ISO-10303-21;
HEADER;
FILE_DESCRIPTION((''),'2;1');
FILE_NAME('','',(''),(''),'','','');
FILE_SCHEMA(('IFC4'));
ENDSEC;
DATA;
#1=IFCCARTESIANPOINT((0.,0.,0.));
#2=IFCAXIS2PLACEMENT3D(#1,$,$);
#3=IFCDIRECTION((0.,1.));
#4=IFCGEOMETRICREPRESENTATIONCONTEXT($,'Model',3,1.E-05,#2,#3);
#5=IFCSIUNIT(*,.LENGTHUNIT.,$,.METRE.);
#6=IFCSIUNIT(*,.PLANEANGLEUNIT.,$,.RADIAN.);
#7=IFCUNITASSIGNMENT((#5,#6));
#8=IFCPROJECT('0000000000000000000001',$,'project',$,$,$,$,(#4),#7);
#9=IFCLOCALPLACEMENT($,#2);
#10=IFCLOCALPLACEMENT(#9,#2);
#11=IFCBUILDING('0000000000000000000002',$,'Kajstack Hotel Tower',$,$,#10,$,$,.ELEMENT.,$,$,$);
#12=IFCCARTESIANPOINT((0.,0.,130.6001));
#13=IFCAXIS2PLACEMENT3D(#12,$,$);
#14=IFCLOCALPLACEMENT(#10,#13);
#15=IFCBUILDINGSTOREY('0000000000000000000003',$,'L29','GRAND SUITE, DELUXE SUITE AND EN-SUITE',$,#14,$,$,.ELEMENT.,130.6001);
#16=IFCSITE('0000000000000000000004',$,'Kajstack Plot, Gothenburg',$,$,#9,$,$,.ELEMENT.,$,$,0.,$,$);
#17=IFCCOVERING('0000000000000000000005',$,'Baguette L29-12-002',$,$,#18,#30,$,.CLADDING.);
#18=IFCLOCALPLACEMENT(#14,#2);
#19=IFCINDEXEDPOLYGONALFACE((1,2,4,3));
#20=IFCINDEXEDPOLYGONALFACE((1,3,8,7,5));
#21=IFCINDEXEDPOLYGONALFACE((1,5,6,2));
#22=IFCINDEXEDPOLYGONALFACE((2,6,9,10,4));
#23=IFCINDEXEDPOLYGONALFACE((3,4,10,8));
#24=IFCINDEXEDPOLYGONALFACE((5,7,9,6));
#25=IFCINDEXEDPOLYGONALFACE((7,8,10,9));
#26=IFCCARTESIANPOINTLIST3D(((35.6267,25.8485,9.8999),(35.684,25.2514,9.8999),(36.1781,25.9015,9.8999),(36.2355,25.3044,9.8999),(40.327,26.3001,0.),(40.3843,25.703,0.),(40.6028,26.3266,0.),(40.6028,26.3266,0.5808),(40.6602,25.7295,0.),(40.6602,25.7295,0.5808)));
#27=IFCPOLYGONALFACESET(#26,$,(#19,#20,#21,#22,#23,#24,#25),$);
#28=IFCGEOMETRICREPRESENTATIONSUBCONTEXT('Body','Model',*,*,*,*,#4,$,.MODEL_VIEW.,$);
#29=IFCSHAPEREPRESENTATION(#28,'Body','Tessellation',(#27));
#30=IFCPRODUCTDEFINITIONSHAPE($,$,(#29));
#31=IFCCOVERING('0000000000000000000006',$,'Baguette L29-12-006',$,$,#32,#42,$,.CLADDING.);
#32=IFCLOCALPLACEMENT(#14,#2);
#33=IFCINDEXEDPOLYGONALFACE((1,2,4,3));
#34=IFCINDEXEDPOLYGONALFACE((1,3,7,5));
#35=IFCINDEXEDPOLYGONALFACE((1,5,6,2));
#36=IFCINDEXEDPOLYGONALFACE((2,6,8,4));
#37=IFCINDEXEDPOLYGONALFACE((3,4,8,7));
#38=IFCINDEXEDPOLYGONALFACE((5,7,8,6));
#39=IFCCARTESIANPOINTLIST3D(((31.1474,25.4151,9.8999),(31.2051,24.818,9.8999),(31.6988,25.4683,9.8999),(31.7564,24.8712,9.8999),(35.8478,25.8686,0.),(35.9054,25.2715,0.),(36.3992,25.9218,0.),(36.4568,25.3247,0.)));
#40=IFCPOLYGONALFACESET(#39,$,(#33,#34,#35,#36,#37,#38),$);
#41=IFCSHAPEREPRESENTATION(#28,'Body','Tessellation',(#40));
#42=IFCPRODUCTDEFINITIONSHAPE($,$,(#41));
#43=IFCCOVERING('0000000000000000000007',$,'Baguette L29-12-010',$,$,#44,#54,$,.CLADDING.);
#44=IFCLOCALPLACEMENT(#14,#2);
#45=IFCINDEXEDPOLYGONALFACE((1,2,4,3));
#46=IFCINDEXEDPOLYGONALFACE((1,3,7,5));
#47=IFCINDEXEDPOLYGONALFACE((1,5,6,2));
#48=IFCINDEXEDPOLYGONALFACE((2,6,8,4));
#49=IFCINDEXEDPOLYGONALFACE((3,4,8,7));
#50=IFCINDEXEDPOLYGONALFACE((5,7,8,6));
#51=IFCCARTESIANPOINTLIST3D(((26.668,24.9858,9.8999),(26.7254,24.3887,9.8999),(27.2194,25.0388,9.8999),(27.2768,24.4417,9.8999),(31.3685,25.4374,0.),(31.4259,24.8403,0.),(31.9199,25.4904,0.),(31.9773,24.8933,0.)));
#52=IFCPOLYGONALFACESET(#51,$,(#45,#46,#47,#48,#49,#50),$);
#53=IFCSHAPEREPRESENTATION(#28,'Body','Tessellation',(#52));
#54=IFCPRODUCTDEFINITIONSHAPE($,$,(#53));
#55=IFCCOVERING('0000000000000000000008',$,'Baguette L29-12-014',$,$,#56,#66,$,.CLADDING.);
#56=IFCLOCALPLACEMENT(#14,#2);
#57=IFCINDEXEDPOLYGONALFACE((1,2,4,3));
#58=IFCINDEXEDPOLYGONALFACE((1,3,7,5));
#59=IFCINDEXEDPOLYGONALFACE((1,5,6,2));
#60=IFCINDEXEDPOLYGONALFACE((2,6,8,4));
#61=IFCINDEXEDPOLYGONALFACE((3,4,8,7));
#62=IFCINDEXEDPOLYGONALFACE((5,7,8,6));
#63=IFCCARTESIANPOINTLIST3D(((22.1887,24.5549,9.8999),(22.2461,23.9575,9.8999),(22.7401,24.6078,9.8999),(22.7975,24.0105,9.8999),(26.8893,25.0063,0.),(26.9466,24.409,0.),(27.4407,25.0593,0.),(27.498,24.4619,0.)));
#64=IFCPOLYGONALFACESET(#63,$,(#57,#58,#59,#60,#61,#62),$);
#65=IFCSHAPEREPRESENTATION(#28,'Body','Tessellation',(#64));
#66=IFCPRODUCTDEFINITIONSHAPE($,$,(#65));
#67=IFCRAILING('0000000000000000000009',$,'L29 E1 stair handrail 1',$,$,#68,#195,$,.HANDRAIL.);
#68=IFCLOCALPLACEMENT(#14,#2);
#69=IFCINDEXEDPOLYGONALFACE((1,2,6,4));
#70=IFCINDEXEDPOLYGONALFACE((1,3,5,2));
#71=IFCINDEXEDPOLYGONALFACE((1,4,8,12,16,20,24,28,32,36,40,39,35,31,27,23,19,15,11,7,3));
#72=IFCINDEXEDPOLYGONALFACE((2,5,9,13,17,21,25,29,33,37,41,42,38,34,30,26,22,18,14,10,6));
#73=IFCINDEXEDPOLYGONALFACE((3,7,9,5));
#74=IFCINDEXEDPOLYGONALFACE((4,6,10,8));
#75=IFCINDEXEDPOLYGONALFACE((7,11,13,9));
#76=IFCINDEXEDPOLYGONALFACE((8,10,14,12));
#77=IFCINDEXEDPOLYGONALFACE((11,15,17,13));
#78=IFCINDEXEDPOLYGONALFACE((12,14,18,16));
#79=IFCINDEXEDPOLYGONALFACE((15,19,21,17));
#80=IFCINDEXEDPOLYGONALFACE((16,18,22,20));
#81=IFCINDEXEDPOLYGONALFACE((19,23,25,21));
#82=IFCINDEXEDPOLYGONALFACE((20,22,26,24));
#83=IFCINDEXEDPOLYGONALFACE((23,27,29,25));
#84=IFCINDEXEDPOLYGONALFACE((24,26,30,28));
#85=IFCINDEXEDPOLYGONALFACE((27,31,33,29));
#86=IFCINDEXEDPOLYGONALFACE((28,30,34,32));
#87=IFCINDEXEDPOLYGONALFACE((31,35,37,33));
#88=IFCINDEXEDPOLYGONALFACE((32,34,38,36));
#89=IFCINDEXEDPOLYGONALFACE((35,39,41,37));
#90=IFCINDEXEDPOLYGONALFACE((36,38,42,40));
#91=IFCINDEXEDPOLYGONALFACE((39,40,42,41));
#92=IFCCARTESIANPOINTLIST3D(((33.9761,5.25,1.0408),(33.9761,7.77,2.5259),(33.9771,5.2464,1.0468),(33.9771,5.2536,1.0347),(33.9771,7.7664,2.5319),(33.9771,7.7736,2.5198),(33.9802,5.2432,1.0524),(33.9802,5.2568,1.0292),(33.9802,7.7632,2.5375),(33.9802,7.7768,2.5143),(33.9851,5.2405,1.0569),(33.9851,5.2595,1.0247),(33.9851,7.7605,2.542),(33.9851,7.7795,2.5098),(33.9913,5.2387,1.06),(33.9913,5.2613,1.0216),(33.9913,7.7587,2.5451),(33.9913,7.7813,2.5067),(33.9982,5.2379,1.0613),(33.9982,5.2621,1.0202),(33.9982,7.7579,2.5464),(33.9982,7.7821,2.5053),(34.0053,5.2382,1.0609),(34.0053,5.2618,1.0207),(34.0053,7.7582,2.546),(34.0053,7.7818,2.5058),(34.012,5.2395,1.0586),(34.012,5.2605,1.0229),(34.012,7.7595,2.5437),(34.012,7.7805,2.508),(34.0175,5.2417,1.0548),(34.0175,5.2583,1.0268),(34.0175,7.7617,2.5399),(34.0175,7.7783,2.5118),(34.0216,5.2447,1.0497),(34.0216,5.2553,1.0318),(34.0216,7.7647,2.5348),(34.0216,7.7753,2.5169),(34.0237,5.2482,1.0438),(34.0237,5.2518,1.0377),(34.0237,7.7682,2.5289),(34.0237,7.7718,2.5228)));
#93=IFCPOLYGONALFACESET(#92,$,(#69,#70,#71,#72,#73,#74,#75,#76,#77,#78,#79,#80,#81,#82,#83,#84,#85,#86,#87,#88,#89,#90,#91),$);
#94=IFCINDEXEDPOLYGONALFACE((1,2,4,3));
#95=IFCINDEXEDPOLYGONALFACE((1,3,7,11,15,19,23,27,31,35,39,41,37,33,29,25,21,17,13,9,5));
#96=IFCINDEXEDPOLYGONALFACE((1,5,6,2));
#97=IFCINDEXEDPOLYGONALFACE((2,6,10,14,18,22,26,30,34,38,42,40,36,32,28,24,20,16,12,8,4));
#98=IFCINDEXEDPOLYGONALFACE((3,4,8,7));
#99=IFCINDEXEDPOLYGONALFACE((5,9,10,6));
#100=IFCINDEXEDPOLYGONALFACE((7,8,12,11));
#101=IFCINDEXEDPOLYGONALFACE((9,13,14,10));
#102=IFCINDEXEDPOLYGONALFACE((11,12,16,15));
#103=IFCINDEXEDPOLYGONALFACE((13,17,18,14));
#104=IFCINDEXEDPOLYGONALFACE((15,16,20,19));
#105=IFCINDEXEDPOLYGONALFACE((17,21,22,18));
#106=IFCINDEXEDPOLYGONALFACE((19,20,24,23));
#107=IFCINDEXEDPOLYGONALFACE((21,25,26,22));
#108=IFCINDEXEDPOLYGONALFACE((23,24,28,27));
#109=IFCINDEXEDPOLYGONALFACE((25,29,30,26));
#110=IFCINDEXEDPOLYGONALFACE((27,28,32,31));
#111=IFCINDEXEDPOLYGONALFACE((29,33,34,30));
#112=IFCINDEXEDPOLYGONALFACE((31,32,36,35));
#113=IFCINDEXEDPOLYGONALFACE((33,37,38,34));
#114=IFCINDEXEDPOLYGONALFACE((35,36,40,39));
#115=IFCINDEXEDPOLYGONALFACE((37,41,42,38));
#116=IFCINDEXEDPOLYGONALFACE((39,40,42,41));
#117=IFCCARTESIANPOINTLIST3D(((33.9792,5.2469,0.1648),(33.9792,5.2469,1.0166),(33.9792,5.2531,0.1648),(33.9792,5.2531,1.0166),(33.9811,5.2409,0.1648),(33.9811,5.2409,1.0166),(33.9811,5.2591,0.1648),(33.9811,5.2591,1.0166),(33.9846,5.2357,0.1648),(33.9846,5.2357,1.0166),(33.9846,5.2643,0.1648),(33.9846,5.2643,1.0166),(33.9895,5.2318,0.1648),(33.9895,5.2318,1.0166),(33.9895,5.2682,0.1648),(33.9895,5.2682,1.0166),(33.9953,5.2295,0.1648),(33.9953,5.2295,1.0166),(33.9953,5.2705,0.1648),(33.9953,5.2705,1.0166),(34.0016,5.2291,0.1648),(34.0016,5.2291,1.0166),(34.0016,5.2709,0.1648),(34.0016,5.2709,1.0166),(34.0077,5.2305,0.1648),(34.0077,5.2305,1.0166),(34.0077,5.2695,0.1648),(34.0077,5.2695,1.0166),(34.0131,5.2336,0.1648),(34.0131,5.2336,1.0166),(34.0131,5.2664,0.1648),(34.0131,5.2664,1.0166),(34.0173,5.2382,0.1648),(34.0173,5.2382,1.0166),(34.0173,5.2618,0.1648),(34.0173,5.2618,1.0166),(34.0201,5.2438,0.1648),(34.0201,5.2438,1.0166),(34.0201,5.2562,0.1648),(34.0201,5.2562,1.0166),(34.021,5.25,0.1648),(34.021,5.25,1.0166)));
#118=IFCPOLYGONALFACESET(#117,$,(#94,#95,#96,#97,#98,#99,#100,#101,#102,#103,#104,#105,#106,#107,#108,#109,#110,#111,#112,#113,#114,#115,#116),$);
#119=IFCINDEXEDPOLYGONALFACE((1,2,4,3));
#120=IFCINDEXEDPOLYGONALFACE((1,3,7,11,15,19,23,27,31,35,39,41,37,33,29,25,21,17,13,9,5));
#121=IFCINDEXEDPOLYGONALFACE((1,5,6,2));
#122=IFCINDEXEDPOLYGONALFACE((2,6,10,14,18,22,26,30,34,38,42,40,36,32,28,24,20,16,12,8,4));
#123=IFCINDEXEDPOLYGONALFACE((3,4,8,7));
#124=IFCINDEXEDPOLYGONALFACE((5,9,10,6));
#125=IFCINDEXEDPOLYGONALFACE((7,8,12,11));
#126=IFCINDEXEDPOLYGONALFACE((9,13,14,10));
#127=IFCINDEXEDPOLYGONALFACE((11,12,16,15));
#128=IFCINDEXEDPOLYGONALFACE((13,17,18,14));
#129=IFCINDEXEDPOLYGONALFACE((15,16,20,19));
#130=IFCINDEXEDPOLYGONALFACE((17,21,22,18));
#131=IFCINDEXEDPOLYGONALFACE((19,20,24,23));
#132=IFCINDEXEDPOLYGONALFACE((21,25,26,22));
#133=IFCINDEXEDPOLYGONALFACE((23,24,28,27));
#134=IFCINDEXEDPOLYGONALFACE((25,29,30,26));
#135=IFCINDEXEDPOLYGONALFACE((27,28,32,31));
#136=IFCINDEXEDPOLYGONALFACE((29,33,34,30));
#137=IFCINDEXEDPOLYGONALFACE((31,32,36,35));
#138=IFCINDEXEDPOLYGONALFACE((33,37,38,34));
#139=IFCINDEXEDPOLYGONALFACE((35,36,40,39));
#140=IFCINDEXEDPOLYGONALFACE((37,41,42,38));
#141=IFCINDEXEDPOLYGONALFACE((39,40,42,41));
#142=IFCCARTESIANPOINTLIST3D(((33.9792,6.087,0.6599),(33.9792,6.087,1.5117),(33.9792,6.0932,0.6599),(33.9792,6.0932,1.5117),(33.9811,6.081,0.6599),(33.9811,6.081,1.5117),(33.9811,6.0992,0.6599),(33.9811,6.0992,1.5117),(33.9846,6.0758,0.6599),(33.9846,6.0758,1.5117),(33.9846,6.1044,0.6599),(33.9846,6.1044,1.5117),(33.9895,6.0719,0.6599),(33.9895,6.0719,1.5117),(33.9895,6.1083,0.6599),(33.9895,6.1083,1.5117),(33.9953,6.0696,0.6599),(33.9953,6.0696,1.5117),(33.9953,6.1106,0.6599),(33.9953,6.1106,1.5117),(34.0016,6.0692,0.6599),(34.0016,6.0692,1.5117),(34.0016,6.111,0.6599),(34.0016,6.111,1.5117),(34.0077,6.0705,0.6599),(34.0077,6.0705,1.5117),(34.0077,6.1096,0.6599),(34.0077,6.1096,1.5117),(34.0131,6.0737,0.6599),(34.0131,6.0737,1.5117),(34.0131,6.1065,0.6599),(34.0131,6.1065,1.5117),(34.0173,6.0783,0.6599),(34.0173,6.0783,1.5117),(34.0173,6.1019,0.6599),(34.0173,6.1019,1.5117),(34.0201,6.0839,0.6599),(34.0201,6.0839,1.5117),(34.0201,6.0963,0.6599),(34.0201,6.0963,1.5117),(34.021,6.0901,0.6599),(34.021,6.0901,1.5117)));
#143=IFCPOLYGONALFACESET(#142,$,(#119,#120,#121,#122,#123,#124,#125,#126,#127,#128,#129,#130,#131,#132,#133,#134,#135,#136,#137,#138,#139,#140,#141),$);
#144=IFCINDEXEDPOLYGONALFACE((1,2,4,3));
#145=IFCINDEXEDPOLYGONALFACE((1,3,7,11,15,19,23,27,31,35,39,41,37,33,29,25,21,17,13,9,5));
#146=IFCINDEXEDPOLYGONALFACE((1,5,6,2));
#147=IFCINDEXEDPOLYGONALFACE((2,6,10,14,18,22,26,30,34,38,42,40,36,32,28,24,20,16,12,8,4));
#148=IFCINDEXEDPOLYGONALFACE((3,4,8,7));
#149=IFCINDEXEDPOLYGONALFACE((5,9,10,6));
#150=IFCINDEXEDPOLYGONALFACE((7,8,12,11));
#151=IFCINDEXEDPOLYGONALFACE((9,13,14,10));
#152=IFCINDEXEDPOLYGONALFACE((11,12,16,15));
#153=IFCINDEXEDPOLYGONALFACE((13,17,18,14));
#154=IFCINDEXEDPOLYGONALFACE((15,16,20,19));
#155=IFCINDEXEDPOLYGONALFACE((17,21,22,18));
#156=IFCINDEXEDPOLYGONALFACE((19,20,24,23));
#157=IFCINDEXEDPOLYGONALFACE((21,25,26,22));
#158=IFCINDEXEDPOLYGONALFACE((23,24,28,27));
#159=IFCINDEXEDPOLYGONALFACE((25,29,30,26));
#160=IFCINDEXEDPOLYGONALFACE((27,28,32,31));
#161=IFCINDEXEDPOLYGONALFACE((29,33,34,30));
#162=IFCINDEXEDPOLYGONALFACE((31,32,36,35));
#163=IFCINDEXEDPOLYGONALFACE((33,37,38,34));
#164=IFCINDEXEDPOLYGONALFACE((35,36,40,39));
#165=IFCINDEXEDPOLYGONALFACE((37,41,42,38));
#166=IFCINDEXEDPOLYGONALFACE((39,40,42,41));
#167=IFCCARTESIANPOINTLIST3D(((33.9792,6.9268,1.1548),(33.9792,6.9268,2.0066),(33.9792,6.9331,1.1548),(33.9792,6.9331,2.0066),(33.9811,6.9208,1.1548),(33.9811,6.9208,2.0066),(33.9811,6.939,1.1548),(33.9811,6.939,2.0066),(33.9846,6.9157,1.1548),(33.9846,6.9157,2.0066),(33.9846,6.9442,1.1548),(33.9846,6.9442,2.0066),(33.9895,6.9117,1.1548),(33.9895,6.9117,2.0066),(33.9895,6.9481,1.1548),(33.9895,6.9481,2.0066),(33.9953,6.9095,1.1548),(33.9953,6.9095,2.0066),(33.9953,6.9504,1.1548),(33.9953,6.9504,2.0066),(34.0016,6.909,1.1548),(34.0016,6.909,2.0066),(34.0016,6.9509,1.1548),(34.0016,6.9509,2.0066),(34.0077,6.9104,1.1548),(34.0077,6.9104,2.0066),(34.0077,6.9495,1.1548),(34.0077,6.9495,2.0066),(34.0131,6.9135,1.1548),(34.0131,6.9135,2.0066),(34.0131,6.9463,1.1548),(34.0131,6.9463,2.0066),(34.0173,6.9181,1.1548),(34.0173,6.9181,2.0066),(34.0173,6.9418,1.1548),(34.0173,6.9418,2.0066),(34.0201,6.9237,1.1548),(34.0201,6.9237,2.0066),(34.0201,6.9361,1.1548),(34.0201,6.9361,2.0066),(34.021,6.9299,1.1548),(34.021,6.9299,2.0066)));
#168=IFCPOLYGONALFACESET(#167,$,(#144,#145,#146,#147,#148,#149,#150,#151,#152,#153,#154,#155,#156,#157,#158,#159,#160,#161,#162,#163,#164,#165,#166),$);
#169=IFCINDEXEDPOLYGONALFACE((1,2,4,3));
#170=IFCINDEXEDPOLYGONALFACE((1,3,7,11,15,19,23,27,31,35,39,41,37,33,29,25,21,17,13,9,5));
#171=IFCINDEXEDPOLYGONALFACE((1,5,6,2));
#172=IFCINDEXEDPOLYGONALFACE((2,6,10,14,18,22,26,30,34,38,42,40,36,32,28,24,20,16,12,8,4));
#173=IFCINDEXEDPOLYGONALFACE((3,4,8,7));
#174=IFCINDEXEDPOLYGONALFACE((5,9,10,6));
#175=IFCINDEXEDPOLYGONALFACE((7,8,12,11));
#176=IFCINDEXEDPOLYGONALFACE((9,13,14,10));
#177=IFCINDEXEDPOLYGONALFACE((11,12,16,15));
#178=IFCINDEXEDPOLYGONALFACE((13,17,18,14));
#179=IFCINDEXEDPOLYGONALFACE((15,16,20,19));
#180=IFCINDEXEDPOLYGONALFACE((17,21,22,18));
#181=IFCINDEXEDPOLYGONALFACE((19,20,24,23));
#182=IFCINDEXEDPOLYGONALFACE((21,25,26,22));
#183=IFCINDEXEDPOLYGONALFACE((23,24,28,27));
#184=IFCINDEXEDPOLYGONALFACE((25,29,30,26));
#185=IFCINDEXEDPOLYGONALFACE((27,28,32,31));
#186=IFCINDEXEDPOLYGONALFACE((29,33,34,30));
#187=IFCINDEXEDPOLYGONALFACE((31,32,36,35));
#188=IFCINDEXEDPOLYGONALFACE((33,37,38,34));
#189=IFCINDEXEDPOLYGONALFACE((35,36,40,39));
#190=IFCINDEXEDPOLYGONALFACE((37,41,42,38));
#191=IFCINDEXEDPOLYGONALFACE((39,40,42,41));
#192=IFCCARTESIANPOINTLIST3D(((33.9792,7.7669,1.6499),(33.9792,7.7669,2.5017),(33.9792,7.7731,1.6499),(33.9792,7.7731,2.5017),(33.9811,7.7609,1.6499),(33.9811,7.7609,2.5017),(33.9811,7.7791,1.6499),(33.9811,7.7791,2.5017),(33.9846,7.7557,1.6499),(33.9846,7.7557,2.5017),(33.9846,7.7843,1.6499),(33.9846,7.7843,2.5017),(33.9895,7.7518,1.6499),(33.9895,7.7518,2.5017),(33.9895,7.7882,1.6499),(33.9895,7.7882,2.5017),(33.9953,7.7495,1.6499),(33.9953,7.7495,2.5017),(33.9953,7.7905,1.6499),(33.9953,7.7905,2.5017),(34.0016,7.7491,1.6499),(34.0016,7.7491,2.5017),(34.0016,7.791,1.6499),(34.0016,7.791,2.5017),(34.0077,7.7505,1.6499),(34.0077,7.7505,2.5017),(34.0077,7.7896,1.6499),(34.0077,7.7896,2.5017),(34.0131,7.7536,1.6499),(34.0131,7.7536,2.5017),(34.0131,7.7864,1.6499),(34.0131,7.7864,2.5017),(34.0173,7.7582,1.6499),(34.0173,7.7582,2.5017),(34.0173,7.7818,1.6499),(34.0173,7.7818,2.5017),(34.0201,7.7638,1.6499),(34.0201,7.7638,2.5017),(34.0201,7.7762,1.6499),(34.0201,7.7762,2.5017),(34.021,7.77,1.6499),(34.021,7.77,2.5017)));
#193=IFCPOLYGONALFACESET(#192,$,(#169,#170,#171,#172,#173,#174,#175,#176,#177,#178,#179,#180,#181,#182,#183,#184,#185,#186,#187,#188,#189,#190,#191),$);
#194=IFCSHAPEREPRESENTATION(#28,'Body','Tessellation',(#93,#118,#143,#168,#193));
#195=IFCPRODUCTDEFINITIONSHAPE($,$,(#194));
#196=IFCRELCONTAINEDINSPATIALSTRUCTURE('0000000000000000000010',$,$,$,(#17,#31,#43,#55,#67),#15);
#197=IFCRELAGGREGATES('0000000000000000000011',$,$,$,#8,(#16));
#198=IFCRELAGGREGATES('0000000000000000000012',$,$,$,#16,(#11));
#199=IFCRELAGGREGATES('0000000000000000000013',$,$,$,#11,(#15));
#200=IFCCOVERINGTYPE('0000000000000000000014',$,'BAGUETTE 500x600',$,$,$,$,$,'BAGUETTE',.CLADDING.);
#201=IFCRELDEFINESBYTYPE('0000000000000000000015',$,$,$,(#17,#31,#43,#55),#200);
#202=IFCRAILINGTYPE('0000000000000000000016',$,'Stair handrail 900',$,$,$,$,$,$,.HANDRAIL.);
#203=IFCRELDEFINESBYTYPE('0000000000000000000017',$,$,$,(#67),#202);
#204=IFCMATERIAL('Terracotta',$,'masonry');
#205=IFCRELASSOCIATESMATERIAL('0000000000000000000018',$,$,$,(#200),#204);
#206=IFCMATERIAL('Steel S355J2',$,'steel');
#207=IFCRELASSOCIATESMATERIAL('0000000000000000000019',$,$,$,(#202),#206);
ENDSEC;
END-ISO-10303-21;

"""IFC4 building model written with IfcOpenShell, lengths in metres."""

from ifc_helpers import new_model, si_unit, direction, frame, origin, origin_2d, place, context, subcontext, project, spatial, polyline, rectangle, circle, outline, extrude, material, material_profile, profile_set, type_object, element, save


model = new_model("IFC4")

# Units and contexts
model_context = context("Model", 3, precision=1e-05, world=origin(), true_north=direction((0.0, 1.0)))
body_context = subcontext(model_context, "Body", "Model", "MODEL_VIEW")
ifc_project = project(units=[si_unit("LENGTHUNIT", "METRE"), si_unit("PLANEANGLEUNIT", "RADIAN")], contexts=[model_context])

# Site, building, storey
site_placement = place(None, origin())
site = spatial("IfcSite", under=ifc_project, at=site_placement, Name="Kajstack Plot, Gothenburg", CompositionType="ELEMENT", RefElevation=0.0)
building_placement = place(site_placement, origin())
building = spatial("IfcBuilding", under=site, at=building_placement, Name="Kajstack Hotel Tower", CompositionType="ELEMENT")
storey_placement = place(building_placement, frame((0.0, 0.0, 130.6001)))
storey = spatial("IfcBuildingStorey", under=building, at=storey_placement, Name="L29", Description="GRAND SUITE, DELUXE SUITE AND EN-SUITE", CompositionType="ELEMENT", Elevation=130.6001)

# Coverings
ifc_material_1 = material(Name="Terracotta", Category="masonry")
ifc_material_profile = material_profile(ifc_material_1, rectangle(XDim=0.6001, YDim=0.5, at=origin_2d()), Name="Terracotta-clad concrete baguette 500 x 600")
ifc_profile_set = profile_set([ifc_material_profile], Name="Terracotta")
covering_type = type_object("IfcCoveringType", Name="BAGUETTE 500x600", ElementType="BAGUETTE", PredefinedType="CLADDING", material=ifc_profile_set)
covering_1_placement = place(storey_placement, frame((40.6602, 25.7295, 0.0), z_axis=(-0.095635, 0.995416, 0.0), x_axis=(-0.995416, -0.095635, 0.0)))
element("IfcCovering", 1, at=covering_1_placement, inside=storey, type_object=covering_type, Name="Baguette L29-12-002", PredefinedType="CLADDING", context=body_context, shape_type="SweptSolid", body=[
    extrude(outline(polyline([(4.4451, 9.8999), (0.0, 0.5808), (0.0, 0.0), (0.2771, 0.0), (4.999, 9.8999), (4.4451, 9.8999)])), origin(), (0.0, 0.0, 1.0), 0.5999),
])
for number, where, z_axis, x_axis, name in (
    (2, (36.4568, 25.3247, 0.0), (-0.096038, 0.995378, 0.0), (-0.995378, -0.096038, 0.0), "Baguette L29-12-006"),
    (3, (31.9773, 24.8933, 0.0), (-0.095635, 0.995416, 0.0), (-0.995416, -0.095635, 0.0), "Baguette L29-12-010"),
):
    element("IfcCovering", number, at=place(storey_placement, frame(where, z_axis=z_axis, x_axis=x_axis)), inside=storey, type_object=covering_type, Name=name, PredefinedType="CLADDING", context=body_context, shape_type="SweptSolid", body=[
        extrude(outline(polyline([(4.7222, 9.8999), (0.0, 0.0), (0.554, 0.0), (5.2761, 9.8999), (4.7222, 9.8999)])), origin(), (0.0, 0.0, 1.0), 0.5999),
    ])
covering_2_placement = place(storey_placement, frame((27.498, 24.4619, 0.0), z_axis=(-0.095596, 0.99542, 0.0), x_axis=(-0.99542, -0.095596, 0.0)))
element("IfcCovering", 4, at=covering_2_placement, inside=storey, type_object=covering_type, Name="Baguette L29-12-014", PredefinedType="CLADDING", context=body_context, shape_type="SweptSolid", body=[
    extrude(outline(polyline([(4.7222, 9.8999), (0.0, 0.0), (0.554, 0.0), (5.2761, 9.8999), (4.7222, 9.8999)])), origin(), (0.0, 0.0, 1.0), 0.6001),
])

# Railing
ifc_material_2 = material(Name="Steel S355J2", Category="steel")
railing_type_1 = type_object("IfcRailingType", Name="Stair handrail 900", PredefinedType="HANDRAIL", material=ifc_material_2)
railing_1_placement = place(storey_placement, frame((34.0, 5.25, 0.1648)))
element("IfcRailing", 5, at=railing_1_placement, inside=storey, type_object=railing_type_1, Name="L29 E1 stair handrail 1", PredefinedType="HANDRAIL", context=body_context, shape_type="SweptSolid", body=[
    extrude(circle(Radius=0.0239, at=origin_2d()), frame((0.0, 0.0, 0.876), z_axis=(0.0, 0.861524, 0.507717), x_axis=(-1.0, 0.0, 0.0)), (0.0, 0.0, 1.0), 2.925),
    extrude(circle(Radius=0.021, at=origin_2d()), origin(), (0.0, 0.0, 1.0), 0.8518),
    extrude(circle(Radius=0.021, at=origin_2d()), frame((0.0, 0.8401, 0.4951)), (0.0, 0.0, 1.0), 0.8518),
    extrude(circle(Radius=0.021, at=origin_2d()), frame((0.0, 1.6799, 0.99)), (0.0, 0.0, 1.0), 0.8518),
    extrude(circle(Radius=0.021, at=origin_2d()), frame((0.0, 2.52, 1.4851)), (0.0, 0.0, 1.0), 0.8518),
])

save(model, "model.ifc")
